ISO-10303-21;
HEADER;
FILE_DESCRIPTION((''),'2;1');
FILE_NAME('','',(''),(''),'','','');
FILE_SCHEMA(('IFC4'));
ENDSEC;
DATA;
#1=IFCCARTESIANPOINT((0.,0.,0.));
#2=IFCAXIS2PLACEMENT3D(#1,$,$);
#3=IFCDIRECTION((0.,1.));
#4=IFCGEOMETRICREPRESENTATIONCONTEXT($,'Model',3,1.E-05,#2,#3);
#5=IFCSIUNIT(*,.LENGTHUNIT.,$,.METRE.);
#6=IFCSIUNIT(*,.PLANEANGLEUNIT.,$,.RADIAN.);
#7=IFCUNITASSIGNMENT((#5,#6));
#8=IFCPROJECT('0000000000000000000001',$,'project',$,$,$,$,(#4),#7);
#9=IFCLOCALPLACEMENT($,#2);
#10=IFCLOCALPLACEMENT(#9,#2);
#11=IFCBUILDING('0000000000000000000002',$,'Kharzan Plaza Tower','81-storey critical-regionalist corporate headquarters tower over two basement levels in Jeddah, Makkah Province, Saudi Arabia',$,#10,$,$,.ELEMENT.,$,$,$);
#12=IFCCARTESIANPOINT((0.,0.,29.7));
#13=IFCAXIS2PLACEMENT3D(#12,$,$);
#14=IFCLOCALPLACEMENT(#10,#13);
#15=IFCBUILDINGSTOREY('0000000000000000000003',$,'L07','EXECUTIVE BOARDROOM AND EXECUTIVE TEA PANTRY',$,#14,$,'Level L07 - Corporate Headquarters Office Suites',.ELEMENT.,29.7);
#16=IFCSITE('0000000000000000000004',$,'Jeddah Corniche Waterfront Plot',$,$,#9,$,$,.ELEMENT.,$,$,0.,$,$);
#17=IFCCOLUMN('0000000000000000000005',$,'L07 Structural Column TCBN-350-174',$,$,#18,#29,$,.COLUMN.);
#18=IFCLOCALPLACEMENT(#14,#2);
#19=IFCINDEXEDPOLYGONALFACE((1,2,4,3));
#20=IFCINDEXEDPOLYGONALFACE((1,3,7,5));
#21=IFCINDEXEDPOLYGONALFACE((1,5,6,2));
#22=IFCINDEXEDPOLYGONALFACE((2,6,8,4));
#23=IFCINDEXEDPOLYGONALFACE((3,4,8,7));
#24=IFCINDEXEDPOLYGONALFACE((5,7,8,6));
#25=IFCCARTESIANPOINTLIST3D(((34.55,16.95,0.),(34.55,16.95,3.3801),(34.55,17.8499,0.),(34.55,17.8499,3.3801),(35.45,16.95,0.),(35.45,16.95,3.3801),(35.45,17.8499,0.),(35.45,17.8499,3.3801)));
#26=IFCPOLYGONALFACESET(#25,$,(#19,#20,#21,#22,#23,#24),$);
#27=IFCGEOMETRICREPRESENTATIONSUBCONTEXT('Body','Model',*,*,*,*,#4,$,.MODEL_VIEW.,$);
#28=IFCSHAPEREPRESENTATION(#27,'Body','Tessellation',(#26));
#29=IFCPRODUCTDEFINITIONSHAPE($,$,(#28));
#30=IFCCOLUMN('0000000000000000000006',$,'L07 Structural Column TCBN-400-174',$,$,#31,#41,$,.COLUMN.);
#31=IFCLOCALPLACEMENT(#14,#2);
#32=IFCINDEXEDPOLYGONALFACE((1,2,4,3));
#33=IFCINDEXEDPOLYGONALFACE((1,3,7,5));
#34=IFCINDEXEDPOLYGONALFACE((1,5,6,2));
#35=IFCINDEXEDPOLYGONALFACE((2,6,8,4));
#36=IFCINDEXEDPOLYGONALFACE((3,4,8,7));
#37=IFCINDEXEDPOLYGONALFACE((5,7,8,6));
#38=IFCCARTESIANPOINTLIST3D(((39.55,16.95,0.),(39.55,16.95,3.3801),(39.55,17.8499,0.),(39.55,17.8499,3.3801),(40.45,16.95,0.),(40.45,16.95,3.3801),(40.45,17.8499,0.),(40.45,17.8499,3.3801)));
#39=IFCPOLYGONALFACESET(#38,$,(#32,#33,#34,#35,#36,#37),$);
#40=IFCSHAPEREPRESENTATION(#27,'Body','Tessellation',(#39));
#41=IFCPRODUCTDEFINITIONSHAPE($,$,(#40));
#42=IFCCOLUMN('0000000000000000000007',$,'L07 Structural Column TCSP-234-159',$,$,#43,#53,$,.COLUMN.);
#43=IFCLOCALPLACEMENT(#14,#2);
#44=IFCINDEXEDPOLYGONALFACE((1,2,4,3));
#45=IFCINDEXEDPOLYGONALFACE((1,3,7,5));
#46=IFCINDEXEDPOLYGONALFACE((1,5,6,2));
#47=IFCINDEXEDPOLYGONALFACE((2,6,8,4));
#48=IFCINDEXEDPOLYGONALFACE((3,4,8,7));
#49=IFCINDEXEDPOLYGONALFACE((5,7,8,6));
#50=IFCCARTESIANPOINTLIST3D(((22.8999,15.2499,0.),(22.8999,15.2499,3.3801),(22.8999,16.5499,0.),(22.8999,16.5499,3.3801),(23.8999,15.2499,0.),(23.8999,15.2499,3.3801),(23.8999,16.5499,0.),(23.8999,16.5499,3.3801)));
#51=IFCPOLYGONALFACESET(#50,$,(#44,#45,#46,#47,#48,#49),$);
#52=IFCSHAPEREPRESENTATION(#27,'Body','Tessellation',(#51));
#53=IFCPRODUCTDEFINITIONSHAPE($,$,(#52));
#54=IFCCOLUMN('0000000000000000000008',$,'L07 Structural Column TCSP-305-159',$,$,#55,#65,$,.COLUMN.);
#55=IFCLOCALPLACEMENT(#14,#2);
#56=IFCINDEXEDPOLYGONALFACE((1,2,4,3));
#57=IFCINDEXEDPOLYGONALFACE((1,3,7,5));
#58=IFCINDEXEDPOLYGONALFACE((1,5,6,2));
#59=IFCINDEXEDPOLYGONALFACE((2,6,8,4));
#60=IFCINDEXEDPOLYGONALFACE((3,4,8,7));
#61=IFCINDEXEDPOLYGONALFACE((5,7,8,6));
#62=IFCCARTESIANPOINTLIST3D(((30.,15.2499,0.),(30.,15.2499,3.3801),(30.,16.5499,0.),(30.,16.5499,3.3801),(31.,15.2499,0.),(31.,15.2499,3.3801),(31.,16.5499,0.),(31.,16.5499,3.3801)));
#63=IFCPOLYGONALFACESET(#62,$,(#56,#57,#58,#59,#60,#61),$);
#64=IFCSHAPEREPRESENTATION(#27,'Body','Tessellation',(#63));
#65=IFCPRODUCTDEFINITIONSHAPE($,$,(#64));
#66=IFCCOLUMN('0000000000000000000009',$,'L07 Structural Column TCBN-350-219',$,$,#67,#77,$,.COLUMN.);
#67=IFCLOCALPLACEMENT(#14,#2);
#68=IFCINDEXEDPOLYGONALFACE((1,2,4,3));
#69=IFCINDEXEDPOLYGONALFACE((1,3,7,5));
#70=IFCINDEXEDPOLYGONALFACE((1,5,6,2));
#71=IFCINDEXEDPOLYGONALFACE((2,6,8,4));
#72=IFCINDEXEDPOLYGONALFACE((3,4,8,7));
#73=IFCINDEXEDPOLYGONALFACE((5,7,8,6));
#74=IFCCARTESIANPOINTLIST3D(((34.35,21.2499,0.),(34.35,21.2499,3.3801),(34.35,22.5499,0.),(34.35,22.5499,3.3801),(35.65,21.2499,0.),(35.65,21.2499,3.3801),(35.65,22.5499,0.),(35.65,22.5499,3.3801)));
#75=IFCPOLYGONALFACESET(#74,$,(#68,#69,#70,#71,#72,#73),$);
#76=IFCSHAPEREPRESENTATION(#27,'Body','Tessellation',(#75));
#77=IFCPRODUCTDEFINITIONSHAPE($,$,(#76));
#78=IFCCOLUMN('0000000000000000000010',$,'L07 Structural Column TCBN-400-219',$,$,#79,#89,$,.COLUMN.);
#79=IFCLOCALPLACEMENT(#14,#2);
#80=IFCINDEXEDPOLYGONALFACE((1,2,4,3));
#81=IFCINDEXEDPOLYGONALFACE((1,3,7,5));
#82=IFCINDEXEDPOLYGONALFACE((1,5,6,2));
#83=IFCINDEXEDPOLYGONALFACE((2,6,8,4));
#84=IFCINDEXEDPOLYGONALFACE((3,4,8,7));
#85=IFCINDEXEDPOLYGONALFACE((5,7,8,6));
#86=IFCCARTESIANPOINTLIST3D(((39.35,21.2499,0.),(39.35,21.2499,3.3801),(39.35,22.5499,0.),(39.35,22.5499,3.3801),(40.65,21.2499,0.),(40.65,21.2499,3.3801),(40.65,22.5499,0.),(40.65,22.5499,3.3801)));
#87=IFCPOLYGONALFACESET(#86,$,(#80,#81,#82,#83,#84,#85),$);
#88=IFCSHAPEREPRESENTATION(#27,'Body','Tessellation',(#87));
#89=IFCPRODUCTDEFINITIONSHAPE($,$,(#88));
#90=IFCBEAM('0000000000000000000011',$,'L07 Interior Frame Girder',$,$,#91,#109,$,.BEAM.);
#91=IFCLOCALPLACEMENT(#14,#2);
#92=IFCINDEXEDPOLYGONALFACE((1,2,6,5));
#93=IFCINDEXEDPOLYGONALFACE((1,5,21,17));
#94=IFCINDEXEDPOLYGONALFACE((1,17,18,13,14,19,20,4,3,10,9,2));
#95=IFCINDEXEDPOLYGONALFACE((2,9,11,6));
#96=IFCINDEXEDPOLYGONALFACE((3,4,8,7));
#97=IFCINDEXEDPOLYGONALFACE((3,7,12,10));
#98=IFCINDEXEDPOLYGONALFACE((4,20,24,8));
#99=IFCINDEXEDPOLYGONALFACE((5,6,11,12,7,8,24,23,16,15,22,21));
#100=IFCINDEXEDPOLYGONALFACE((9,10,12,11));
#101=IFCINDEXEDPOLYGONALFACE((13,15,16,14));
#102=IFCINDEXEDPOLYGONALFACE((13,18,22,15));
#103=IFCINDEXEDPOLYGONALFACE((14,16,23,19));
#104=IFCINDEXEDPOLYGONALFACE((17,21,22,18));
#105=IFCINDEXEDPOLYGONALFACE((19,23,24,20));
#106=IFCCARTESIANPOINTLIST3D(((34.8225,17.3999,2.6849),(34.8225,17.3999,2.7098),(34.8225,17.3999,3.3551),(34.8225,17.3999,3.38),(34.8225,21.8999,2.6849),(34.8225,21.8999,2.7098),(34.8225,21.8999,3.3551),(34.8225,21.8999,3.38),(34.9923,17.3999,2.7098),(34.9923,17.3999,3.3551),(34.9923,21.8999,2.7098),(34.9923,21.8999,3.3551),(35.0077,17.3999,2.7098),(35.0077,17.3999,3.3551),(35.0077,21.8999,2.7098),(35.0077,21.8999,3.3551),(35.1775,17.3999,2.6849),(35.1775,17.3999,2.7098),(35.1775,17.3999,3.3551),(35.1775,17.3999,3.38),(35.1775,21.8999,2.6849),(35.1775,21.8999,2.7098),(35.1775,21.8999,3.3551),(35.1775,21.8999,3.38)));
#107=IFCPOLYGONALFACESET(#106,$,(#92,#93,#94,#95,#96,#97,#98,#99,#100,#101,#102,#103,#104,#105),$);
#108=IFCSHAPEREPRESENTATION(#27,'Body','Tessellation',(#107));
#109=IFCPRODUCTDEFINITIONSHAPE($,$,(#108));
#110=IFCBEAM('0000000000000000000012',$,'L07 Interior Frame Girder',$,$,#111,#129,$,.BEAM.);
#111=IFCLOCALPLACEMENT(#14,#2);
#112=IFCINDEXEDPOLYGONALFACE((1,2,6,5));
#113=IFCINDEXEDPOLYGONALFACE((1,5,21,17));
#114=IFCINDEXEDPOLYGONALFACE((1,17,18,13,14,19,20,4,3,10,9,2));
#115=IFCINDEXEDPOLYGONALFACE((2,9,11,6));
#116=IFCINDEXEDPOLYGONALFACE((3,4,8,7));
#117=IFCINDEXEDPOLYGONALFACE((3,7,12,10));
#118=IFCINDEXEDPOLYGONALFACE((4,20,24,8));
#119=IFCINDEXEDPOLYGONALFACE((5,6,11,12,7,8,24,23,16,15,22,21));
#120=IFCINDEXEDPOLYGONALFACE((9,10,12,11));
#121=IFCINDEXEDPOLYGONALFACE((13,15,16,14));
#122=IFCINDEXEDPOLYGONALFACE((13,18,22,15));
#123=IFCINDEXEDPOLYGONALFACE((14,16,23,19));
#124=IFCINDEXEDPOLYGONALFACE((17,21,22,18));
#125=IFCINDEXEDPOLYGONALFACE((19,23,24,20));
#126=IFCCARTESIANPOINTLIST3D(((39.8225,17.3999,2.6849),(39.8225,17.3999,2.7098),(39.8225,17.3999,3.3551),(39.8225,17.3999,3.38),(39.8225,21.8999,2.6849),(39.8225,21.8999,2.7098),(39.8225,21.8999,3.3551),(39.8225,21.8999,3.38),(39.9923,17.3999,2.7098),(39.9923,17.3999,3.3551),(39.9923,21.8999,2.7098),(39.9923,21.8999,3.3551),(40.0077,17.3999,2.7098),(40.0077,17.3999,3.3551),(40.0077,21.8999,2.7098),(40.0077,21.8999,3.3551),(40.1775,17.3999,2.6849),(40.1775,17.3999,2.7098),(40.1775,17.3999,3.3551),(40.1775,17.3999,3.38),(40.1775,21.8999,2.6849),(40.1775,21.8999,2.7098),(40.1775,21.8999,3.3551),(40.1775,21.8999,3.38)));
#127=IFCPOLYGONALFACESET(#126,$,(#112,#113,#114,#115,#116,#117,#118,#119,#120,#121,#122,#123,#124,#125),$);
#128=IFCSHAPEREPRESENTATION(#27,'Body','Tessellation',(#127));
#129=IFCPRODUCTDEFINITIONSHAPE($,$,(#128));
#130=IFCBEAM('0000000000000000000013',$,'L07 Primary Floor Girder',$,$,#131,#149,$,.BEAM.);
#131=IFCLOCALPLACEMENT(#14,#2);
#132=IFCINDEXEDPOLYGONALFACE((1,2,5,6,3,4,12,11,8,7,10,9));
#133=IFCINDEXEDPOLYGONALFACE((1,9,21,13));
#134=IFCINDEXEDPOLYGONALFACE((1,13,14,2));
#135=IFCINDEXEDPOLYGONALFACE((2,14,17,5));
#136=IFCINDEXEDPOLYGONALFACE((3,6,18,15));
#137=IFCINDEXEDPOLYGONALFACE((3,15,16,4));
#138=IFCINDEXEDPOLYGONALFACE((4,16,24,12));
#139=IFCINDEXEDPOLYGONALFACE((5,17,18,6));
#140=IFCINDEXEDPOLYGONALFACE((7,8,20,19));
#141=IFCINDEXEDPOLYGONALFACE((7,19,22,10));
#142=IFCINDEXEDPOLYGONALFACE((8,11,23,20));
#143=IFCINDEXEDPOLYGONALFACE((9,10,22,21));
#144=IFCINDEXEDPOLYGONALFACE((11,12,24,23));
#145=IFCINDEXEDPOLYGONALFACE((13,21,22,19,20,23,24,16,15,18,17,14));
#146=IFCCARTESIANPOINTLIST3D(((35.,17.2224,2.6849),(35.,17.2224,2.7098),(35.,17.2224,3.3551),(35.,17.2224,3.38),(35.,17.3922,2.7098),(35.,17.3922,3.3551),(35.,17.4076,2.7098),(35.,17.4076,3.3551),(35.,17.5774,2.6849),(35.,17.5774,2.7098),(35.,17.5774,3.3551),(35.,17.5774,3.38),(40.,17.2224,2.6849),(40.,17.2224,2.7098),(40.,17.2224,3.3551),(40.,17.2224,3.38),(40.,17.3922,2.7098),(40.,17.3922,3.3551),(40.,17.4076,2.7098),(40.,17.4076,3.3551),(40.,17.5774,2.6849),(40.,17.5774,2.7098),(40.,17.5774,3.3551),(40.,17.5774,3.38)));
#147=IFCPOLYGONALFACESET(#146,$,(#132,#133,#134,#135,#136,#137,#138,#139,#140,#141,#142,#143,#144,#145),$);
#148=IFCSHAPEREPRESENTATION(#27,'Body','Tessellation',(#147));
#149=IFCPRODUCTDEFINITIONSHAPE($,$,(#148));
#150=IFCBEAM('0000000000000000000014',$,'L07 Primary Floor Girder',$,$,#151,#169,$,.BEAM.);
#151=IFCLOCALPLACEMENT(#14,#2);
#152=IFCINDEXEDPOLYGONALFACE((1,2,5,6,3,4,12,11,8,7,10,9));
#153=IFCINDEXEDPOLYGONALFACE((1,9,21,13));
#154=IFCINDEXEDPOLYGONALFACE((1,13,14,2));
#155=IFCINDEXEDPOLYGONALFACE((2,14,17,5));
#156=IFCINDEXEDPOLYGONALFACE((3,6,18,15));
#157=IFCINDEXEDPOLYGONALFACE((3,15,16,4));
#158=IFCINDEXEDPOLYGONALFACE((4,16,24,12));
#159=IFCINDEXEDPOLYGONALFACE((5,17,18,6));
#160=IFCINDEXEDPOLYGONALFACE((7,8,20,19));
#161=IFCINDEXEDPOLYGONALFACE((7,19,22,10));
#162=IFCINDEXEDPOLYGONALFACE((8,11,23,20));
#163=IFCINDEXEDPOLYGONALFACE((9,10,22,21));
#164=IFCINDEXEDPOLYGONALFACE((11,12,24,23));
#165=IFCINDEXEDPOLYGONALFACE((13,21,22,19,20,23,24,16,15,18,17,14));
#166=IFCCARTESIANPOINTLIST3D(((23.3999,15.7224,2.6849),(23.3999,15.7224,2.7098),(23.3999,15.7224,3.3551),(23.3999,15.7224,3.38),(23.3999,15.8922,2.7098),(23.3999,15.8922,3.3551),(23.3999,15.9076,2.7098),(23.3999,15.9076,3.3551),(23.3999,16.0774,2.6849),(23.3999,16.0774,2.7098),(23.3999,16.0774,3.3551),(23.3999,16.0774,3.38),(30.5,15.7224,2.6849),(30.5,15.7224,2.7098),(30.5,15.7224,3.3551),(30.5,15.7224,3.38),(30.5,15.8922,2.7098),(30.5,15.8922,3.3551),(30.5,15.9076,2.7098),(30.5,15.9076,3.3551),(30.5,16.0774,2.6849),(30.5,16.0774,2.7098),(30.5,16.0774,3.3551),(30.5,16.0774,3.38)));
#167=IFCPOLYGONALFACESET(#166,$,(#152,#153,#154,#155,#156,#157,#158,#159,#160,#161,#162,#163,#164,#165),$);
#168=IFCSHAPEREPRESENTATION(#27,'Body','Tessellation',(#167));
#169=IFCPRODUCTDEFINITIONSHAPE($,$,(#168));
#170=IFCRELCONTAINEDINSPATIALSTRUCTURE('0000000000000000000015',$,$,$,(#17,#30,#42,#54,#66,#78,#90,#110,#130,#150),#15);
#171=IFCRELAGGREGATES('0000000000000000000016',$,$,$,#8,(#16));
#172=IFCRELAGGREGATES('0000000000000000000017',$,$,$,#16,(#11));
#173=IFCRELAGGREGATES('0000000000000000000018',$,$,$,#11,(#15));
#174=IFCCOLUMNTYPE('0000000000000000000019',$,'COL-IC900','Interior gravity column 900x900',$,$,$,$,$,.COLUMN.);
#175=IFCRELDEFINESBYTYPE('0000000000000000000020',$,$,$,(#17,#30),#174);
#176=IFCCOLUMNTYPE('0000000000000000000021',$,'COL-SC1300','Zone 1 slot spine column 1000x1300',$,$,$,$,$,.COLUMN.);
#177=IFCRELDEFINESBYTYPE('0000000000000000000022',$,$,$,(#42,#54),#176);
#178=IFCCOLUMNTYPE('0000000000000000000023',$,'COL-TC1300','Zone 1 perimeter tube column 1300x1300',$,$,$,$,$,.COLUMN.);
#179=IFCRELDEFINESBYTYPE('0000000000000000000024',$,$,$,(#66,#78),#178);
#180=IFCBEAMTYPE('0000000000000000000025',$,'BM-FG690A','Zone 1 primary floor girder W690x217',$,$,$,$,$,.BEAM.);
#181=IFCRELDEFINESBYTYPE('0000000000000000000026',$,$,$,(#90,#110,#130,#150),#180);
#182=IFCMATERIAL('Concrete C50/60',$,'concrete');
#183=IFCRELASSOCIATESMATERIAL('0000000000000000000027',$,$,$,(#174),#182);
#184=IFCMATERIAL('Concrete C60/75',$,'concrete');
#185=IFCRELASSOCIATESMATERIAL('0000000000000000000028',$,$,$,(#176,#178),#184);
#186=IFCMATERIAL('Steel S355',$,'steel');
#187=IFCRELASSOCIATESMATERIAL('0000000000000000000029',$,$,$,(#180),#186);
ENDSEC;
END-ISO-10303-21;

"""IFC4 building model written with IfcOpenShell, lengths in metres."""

from ifc_helpers import new_model, si_unit, direction, frame, origin, origin_2d, place, context, subcontext, project, spatial, rectangle, i_section, extrude, source, transform, mapped, material, material_profile, profile_set, type_object, element, save


model = new_model("IFC4")

# Units and contexts
model_context = context("Model", 3, precision=1e-05, world=origin(), true_north=direction((0.0, 1.0)))
body_context = subcontext(model_context, "Body", "Model", "MODEL_VIEW")
ifc_project = project(units=[si_unit("LENGTHUNIT", "METRE"), si_unit("PLANEANGLEUNIT", "RADIAN")], contexts=[model_context])

# Site, building, storey
site_placement = place(None, origin())
site = spatial("IfcSite", under=ifc_project, at=site_placement, Name="Jeddah Corniche Waterfront Plot", CompositionType="ELEMENT", RefElevation=0.0)
building_placement = place(site_placement, origin())
building = spatial("IfcBuilding", under=site, at=building_placement, Name="Kharzan Plaza Tower", Description="81-storey critical-regionalist corporate headquarters tower over two basement levels in Jeddah, Makkah Province, Saudi Arabia", CompositionType="ELEMENT")
storey_placement = place(building_placement, frame((0.0, 0.0, 29.7)))
storey = spatial("IfcBuildingStorey", under=building, at=storey_placement, Name="L07", Description="EXECUTIVE BOARDROOM AND EXECUTIVE TEA PANTRY", LongName="Level L07 - Corporate Headquarters Office Suites", CompositionType="ELEMENT", Elevation=29.7)

# Columns
ifc_material_1 = material(Name="Concrete C50/60", Category="concrete")
ifc_material_profile_1 = material_profile(ifc_material_1, rectangle(XDim=0.8999, YDim=0.8999, at=origin_2d()), Name="RC-IC900x900")
ifc_profile_set_1 = profile_set([ifc_material_profile_1], Name="Concrete C50/60")
column_type_1 = type_object("IfcColumnType", Name="COL-IC900", Description="Interior gravity column 900x900", PredefinedType="COLUMN", material=ifc_profile_set_1)
shared_shape_1 = source(origin(), body_context, "Body", "SweptSolid", [
    extrude(rectangle(XDim=0.8999, YDim=0.8999, at=origin_2d()), origin(), (0.0, 0.0, 1.0), 3.3801),
])
for number, where, z_axis, x_axis, name in (
    (1, (35.0, 17.3999, 0.0), (0.0, 0.0, 1.0), (1.0, 0.0, 0.0), "L07 Structural Column TCBN-350-174"),
    (2, (40.0, 17.3999, 0.0), (0.0, 0.0, 1.0), (1.0, 0.0, 0.0), "L07 Structural Column TCBN-400-174"),
):
    element("IfcColumn", number, at=place(storey_placement, frame(where, z_axis=z_axis, x_axis=x_axis)), inside=storey, type_object=column_type_1, Name=name, PredefinedType="COLUMN", context=body_context, shape_type="MappedRepresentation", body=[
        mapped(shared_shape_1, transform((0.0, 0.0, 0.0), x_axis=(1.0, 0.0, 0.0), y_axis=(0.0, 1.0, 0.0), z_axis=(0.0, 0.0, 1.0))),
    ])
ifc_material_2 = material(Name="Concrete C60/75", Category="concrete")
ifc_material_profile_2 = material_profile(ifc_material_2, rectangle(XDim=1.0, YDim=1.3, at=origin_2d()), Name="RC-SC1300x1000")
ifc_profile_set_2 = profile_set([ifc_material_profile_2], Name="Concrete C60/75")
column_type_2 = type_object("IfcColumnType", Name="COL-SC1300", Description="Zone 1 slot spine column 1000x1300", PredefinedType="COLUMN", material=ifc_profile_set_2)
shared_shape_2 = source(origin(), body_context, "Body", "SweptSolid", [
    extrude(rectangle(XDim=1.0, YDim=1.3, at=origin_2d()), origin(), (0.0, 0.0, 1.0), 3.3801),
])
for number, where, z_axis, x_axis, name in (
    (3, (23.3999, 15.8999, 0.0), (0.0, 0.0, 1.0), (1.0, 0.0, 0.0), "L07 Structural Column TCSP-234-159"),
    (4, (30.5, 15.8999, 0.0), (0.0, 0.0, 1.0), (1.0, 0.0, 0.0), "L07 Structural Column TCSP-305-159"),
):
    element("IfcColumn", number, at=place(storey_placement, frame(where, z_axis=z_axis, x_axis=x_axis)), inside=storey, type_object=column_type_2, Name=name, PredefinedType="COLUMN", context=body_context, shape_type="MappedRepresentation", body=[
        mapped(shared_shape_2, transform((0.0, 0.0, 0.0), x_axis=(1.0, 0.0, 0.0), y_axis=(0.0, 1.0, 0.0), z_axis=(0.0, 0.0, 1.0))),
    ])
ifc_material_profile_3 = material_profile(ifc_material_2, rectangle(XDim=1.3, YDim=1.3, at=origin_2d()), Name="RC-TC1300x1300")
ifc_profile_set_3 = profile_set([ifc_material_profile_3], Name="Concrete C60/75")
column_type_3 = type_object("IfcColumnType", Name="COL-TC1300", Description="Zone 1 perimeter tube column 1300x1300", PredefinedType="COLUMN", material=ifc_profile_set_3)
shared_shape_3 = source(origin(), body_context, "Body", "SweptSolid", [
    extrude(rectangle(XDim=1.3, YDim=1.3, at=origin_2d()), origin(), (0.0, 0.0, 1.0), 3.3801),
])
for number, where, z_axis, x_axis, name in (
    (5, (35.0, 21.8999, 0.0), (0.0, 0.0, 1.0), (1.0, 0.0, 0.0), "L07 Structural Column TCBN-350-219"),
    (6, (40.0, 21.8999, 0.0), (0.0, 0.0, 1.0), (1.0, 0.0, 0.0), "L07 Structural Column TCBN-400-219"),
):
    element("IfcColumn", number, at=place(storey_placement, frame(where, z_axis=z_axis, x_axis=x_axis)), inside=storey, type_object=column_type_3, Name=name, PredefinedType="COLUMN", context=body_context, shape_type="MappedRepresentation", body=[
        mapped(shared_shape_3, transform((0.0, 0.0, 0.0), x_axis=(1.0, 0.0, 0.0), y_axis=(0.0, 1.0, 0.0), z_axis=(0.0, 0.0, 1.0))),
    ])

# Beams
ifc_material_3 = material(Name="Steel S355", Category="steel")
ifc_material_profile_4 = material_profile(ifc_material_3, i_section(OverallWidth=0.355, OverallDepth=0.6951, WebThickness=0.0154, FlangeThickness=0.0249, at=origin_2d()), Name="W690x217")
ifc_profile_set_4 = profile_set([ifc_material_profile_4], Name="Steel S355")
beam_type_1 = type_object("IfcBeamType", Name="BM-FG690A", Description="Zone 1 primary floor girder W690x217", PredefinedType="BEAM", material=ifc_profile_set_4)
shared_shape_4 = source(origin(), body_context, "Body", "SweptSolid", [
    extrude(i_section(OverallWidth=0.355, OverallDepth=0.6951, WebThickness=0.0154, FlangeThickness=0.0249, at=origin_2d()), origin(), (0.0, 0.0, 1.0), 4.5),
])
for number, where, z_axis, x_axis, name in (
    (7, (35.0, 17.3999, 3.0325), (0.0, 1.0, 0.0), (-1.0, 0.0, 0.0), "L07 Interior Frame Girder"),
    (8, (40.0, 17.3999, 3.0325), (0.0, 1.0, 0.0), (-1.0, 0.0, 0.0), "L07 Interior Frame Girder"),
):
    element("IfcBeam", number, at=place(storey_placement, frame(where, z_axis=z_axis, x_axis=x_axis)), inside=storey, type_object=beam_type_1, Name=name, PredefinedType="BEAM", context=body_context, shape_type="MappedRepresentation", body=[
        mapped(shared_shape_4, transform((0.0, 0.0, 0.0), x_axis=(1.0, 0.0, 0.0), y_axis=(0.0, 1.0, 0.0), z_axis=(0.0, 0.0, 1.0))),
    ])
shared_shape_5 = source(origin(), body_context, "Body", "SweptSolid", [
    extrude(i_section(OverallWidth=0.355, OverallDepth=0.6951, WebThickness=0.0154, FlangeThickness=0.0249, at=origin_2d()), origin(), (0.0, 0.0, 1.0), 5.0),
])
beam_1_placement = place(storey_placement, frame((35.0, 17.3999, 3.0325), z_axis=(1.0, 0.0, 0.0), x_axis=(0.0, 1.0, 0.0)))
element("IfcBeam", 9, at=beam_1_placement, inside=storey, type_object=beam_type_1, Name="L07 Primary Floor Girder", PredefinedType="BEAM", context=body_context, shape_type="MappedRepresentation", body=[
    mapped(shared_shape_5, transform((0.0, 0.0, 0.0), x_axis=(1.0, 0.0, 0.0), y_axis=(0.0, 1.0, 0.0), z_axis=(0.0, 0.0, 1.0))),
])
shared_shape_6 = source(origin(), body_context, "Body", "SweptSolid", [
    extrude(i_section(OverallWidth=0.355, OverallDepth=0.6951, WebThickness=0.0154, FlangeThickness=0.0249, at=origin_2d()), origin(), (0.0, 0.0, 1.0), 7.1001),
])
beam_2_placement = place(storey_placement, frame((23.3999, 15.8999, 3.0325), z_axis=(1.0, 0.0, 0.0), x_axis=(0.0, 1.0, 0.0)))
element("IfcBeam", 10, at=beam_2_placement, inside=storey, type_object=beam_type_1, Name="L07 Primary Floor Girder", PredefinedType="BEAM", context=body_context, shape_type="MappedRepresentation", body=[
    mapped(shared_shape_6, transform((0.0, 0.0, 0.0), x_axis=(1.0, 0.0, 0.0), y_axis=(0.0, 1.0, 0.0), z_axis=(0.0, 0.0, 1.0))),
])

save(model, "model.ifc")
